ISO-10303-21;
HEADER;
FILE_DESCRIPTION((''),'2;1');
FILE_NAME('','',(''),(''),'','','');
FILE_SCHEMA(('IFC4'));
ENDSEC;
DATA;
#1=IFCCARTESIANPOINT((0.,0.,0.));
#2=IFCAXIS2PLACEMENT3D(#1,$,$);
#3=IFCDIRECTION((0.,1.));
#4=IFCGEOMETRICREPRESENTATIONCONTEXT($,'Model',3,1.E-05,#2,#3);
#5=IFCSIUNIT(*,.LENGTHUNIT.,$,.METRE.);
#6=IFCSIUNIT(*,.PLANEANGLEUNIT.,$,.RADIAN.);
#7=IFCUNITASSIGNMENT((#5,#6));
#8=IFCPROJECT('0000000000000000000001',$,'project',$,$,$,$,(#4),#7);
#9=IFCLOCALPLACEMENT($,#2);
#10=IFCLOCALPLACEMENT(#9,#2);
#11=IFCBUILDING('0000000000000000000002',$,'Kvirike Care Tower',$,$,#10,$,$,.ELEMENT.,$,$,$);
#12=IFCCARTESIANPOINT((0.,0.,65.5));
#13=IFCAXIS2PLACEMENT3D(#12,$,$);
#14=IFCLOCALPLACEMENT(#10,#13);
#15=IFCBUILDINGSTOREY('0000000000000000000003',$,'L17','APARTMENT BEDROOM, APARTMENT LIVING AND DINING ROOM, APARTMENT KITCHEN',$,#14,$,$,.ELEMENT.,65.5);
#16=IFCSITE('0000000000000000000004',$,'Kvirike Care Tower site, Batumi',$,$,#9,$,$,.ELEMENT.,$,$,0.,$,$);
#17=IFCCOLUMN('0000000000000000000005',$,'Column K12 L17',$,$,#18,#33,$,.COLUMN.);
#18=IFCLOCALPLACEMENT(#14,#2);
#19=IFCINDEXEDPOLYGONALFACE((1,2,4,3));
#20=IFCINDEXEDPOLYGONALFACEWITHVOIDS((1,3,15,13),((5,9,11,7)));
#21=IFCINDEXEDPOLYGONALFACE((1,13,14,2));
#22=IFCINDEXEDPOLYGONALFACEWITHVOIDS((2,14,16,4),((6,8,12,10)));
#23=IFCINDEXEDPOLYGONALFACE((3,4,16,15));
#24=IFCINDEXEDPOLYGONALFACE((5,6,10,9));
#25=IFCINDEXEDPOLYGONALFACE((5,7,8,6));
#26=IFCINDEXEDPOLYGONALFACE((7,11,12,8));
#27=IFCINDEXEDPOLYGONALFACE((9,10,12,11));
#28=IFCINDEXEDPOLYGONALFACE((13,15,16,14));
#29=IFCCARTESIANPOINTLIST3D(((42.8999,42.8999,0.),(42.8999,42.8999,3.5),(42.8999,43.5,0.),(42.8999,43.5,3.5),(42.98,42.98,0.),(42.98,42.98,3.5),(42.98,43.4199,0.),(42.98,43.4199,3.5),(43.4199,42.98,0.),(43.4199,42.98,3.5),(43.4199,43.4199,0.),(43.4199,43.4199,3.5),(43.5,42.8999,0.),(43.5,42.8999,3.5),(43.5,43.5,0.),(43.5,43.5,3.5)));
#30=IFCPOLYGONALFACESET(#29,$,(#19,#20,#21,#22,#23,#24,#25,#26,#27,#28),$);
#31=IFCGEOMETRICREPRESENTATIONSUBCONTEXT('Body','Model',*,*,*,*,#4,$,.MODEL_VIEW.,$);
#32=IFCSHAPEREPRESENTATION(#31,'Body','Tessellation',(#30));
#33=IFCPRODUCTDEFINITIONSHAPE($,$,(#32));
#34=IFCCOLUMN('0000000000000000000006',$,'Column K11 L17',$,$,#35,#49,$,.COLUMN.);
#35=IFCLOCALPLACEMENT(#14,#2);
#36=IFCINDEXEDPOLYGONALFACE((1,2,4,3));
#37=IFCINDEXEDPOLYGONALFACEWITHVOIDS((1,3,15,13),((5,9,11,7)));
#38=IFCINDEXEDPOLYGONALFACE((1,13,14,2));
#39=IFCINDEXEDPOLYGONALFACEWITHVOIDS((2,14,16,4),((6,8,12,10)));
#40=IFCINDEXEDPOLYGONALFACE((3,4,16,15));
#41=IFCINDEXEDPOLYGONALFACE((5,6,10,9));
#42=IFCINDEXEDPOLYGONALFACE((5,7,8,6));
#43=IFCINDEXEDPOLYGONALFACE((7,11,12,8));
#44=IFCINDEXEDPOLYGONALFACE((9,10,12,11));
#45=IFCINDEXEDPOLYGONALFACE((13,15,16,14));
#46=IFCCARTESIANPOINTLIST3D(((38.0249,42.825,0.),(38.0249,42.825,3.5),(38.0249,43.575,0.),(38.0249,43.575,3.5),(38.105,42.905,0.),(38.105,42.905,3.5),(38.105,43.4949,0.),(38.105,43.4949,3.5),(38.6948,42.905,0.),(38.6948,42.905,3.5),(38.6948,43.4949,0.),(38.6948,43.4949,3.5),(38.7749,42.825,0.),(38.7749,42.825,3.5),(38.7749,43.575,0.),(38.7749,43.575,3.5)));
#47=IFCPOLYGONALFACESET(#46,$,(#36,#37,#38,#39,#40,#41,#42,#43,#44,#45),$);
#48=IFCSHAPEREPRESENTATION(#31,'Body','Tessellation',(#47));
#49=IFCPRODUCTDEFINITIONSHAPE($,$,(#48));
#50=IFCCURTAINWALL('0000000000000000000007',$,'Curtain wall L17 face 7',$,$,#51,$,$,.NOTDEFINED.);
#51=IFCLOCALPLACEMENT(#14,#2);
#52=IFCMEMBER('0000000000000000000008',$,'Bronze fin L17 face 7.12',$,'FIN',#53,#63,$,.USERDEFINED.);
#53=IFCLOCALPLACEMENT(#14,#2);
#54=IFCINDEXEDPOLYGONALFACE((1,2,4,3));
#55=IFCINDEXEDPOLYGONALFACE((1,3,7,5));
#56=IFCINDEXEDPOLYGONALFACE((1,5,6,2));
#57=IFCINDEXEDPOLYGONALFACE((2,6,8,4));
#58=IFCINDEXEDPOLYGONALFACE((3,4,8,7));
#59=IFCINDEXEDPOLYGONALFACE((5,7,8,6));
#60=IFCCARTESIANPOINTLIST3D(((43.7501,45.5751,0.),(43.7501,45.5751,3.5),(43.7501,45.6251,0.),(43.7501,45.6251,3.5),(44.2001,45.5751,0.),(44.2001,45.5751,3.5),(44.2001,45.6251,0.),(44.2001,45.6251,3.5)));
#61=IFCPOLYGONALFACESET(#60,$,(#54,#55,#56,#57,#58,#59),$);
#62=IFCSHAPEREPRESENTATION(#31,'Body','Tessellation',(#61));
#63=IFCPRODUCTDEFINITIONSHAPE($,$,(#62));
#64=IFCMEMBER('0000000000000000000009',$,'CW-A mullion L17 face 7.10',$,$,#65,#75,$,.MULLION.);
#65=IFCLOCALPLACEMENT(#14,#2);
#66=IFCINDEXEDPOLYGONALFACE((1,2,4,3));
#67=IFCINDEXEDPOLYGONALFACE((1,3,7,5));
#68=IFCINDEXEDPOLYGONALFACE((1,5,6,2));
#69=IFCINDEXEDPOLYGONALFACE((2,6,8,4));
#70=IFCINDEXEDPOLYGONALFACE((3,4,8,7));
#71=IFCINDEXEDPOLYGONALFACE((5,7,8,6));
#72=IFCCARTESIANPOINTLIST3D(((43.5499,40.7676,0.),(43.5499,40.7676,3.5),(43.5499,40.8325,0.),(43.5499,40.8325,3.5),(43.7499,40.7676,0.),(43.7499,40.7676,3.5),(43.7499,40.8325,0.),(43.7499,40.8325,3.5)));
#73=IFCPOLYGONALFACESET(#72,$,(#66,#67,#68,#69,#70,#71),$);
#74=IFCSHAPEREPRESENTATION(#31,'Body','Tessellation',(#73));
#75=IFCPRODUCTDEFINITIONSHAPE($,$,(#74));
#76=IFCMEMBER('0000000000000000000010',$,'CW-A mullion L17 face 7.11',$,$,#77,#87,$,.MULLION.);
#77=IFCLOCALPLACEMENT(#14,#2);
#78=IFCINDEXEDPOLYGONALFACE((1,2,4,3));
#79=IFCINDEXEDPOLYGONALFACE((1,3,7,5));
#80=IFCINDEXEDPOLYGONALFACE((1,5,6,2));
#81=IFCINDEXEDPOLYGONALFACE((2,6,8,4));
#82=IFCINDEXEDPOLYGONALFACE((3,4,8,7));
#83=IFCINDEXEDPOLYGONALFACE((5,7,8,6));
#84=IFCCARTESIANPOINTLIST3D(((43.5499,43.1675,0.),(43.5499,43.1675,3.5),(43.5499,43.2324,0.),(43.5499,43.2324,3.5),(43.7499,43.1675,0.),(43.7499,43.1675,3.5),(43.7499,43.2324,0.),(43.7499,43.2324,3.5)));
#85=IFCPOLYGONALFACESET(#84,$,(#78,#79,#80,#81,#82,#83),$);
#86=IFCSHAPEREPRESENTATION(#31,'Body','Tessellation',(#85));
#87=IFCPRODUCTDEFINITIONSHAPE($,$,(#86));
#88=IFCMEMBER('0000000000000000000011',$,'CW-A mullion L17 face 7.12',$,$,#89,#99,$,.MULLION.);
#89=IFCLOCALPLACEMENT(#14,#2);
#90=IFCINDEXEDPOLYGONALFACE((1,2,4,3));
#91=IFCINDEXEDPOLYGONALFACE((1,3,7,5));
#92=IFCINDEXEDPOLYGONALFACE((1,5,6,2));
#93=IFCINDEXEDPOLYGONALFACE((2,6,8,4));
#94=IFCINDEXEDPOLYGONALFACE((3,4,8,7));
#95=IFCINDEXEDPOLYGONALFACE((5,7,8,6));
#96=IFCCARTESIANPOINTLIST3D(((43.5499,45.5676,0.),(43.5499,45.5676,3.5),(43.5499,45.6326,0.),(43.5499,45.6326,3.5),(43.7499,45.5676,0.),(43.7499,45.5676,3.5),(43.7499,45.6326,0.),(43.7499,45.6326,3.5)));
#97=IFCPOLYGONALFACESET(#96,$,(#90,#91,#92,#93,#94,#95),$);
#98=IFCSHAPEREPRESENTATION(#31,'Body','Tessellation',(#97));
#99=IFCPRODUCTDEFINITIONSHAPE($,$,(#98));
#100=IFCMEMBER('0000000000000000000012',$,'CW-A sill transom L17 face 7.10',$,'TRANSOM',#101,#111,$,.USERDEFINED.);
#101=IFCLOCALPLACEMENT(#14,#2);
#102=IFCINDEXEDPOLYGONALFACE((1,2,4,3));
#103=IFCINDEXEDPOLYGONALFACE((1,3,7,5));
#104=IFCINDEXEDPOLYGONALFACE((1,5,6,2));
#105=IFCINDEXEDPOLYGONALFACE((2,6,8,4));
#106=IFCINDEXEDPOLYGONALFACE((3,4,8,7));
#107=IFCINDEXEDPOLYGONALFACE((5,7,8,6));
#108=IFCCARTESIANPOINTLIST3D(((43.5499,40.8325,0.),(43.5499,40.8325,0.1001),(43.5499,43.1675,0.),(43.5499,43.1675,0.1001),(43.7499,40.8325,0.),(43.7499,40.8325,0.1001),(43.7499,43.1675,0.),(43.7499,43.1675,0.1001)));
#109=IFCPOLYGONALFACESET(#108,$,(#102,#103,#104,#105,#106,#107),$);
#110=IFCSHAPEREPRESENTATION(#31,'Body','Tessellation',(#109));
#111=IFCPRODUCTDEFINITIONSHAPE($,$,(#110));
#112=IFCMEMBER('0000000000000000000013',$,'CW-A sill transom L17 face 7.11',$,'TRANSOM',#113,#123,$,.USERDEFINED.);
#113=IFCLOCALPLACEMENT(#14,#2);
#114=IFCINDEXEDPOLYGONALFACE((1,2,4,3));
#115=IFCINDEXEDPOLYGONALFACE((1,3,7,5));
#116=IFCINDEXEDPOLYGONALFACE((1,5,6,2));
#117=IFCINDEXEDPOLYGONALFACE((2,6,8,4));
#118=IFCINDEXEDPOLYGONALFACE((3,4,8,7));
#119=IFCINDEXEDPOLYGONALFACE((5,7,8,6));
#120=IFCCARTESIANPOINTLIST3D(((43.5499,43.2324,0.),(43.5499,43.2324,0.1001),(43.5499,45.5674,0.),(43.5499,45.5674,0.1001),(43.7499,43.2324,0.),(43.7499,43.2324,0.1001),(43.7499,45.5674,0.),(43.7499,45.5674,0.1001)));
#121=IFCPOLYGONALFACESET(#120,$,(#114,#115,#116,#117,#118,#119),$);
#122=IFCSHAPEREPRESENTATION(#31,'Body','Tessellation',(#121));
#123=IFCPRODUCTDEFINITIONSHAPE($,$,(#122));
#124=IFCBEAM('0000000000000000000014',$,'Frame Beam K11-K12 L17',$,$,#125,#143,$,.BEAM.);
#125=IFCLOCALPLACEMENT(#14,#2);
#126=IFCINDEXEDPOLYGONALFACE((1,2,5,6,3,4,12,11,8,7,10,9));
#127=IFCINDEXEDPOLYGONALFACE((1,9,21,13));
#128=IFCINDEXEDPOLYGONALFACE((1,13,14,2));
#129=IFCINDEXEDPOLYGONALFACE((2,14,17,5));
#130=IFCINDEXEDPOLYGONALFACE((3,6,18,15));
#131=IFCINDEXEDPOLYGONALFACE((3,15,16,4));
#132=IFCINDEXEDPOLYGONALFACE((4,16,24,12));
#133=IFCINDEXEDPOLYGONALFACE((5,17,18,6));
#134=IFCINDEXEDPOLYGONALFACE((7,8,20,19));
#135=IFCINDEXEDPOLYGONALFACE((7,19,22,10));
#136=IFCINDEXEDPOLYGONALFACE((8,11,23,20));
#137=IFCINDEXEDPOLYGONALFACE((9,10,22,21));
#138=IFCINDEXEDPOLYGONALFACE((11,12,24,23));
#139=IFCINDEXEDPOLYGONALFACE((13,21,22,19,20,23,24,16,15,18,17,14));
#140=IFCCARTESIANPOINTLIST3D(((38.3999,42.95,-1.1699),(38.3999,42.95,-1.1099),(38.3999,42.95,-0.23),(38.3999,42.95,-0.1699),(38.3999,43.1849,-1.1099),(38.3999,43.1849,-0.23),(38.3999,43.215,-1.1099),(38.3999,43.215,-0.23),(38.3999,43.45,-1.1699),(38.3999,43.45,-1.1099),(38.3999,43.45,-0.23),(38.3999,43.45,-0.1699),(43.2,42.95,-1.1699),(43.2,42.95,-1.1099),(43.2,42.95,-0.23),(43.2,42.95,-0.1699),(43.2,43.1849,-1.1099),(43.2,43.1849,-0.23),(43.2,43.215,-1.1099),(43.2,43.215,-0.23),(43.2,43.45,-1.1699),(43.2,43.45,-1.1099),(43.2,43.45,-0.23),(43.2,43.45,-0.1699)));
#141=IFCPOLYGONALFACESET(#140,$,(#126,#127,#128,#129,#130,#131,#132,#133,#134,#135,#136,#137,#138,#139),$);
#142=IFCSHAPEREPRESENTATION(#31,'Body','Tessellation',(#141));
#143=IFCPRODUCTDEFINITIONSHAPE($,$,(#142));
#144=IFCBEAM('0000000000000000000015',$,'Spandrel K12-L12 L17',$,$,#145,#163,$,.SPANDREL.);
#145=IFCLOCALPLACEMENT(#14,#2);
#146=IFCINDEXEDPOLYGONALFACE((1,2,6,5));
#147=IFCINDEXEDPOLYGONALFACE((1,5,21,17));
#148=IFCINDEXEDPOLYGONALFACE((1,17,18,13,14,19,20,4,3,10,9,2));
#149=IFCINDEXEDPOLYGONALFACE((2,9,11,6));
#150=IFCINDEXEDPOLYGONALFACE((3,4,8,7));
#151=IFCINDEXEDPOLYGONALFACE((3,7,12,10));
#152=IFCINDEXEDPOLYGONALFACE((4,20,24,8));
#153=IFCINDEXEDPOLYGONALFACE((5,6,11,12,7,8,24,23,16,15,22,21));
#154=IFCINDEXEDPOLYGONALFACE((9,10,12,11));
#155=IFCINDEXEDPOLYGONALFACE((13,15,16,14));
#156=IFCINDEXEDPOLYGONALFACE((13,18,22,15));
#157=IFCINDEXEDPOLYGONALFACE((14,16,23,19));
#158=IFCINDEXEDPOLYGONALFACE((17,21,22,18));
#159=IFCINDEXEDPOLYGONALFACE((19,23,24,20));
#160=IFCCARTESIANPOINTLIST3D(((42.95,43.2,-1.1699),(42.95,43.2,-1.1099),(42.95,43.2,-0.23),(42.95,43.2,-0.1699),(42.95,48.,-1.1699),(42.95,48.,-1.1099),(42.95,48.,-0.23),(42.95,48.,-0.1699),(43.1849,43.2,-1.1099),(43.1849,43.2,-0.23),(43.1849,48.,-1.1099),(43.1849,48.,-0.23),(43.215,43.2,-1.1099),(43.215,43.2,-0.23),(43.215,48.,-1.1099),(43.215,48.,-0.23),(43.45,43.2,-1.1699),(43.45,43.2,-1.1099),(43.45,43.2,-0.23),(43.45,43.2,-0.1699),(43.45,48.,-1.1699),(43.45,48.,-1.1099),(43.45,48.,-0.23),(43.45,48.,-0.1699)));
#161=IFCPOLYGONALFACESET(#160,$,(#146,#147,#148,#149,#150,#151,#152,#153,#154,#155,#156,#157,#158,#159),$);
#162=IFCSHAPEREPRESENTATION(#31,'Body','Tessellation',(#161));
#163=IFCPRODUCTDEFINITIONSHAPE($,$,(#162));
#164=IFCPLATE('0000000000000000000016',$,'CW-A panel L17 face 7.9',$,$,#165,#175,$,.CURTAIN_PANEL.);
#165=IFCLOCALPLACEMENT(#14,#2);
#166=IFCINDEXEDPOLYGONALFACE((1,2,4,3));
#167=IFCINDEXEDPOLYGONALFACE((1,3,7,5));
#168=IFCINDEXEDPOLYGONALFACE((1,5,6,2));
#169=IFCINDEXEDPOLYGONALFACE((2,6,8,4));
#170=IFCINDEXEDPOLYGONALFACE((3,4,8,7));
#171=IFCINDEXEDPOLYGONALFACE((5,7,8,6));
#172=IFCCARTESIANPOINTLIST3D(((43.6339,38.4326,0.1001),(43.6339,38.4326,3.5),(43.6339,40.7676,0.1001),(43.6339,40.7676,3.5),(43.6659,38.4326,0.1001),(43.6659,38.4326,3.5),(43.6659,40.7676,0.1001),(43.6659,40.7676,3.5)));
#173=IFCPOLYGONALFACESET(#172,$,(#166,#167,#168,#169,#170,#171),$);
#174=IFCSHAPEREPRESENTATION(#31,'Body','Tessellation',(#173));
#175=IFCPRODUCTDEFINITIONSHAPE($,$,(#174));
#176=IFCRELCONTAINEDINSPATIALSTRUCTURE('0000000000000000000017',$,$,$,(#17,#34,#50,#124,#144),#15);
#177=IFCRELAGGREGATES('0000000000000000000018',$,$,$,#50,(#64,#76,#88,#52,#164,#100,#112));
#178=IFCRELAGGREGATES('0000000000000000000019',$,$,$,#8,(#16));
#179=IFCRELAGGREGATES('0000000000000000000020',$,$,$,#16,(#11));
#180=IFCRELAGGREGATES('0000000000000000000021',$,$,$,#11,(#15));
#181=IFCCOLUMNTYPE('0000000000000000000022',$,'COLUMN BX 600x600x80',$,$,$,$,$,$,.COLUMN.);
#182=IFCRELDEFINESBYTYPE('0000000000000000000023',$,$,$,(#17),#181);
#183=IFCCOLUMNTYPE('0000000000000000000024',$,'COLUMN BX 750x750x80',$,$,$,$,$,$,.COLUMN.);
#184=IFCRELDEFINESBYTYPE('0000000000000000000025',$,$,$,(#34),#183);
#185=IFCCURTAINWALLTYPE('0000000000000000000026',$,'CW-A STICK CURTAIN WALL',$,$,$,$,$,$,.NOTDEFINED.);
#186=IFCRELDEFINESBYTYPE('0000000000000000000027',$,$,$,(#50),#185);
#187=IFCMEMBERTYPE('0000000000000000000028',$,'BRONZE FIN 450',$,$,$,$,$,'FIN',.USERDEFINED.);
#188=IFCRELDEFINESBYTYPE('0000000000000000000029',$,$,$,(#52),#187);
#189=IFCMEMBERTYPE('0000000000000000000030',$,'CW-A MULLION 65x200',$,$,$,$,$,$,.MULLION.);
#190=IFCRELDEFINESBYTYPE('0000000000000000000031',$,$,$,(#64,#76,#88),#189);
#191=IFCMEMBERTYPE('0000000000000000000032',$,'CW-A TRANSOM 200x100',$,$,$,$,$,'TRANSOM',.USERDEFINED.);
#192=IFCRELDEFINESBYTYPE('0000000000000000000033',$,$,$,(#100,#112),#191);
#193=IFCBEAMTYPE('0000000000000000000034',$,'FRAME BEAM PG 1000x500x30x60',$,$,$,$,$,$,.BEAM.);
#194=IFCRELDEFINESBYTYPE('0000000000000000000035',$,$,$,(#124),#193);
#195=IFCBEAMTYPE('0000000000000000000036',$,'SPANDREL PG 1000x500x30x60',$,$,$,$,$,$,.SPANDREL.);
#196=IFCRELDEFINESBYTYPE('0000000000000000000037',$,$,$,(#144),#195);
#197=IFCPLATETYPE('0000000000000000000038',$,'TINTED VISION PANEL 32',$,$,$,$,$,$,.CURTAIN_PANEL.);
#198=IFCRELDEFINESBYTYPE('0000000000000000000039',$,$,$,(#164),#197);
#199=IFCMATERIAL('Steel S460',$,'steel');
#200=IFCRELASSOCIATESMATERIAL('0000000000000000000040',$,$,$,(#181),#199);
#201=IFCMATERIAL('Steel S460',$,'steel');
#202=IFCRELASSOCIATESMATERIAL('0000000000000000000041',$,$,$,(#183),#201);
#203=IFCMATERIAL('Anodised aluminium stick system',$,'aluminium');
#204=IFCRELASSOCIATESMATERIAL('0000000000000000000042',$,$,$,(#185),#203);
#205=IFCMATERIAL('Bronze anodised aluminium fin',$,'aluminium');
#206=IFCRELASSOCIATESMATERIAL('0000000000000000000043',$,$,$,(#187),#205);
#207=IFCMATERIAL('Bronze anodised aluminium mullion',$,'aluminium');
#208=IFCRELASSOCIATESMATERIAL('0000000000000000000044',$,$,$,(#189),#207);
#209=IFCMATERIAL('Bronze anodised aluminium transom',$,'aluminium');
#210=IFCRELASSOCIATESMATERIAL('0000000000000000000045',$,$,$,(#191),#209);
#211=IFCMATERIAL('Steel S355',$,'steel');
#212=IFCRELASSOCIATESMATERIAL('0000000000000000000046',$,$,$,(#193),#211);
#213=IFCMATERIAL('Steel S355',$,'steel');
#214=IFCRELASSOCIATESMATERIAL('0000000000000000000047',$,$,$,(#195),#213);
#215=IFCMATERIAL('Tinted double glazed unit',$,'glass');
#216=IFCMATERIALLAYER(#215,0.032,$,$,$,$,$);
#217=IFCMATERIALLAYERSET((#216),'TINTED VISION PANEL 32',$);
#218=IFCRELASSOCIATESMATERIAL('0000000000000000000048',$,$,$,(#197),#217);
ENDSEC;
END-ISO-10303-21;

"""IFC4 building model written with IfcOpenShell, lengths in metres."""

from ifc_helpers import new_model, si_unit, direction, frame, origin, origin_2d, place, context, subcontext, project, spatial, rectangle, hollow_rectangle, i_section, extrude, material, layer, layer_set, material_profile, profile_set, type_object, element, aggregate, save


model = new_model("IFC4")

# Units and contexts
model_context = context("Model", 3, precision=1e-05, world=origin(), true_north=direction((0.0, 1.0)))
body_context = subcontext(model_context, "Body", "Model", "MODEL_VIEW")
ifc_project = project(units=[si_unit("LENGTHUNIT", "METRE"), si_unit("PLANEANGLEUNIT", "RADIAN")], contexts=[model_context])

# Site, building, storey
site_placement = place(None, origin())
site = spatial("IfcSite", under=ifc_project, at=site_placement, Name="Kvirike Care Tower site, Batumi", CompositionType="ELEMENT", RefElevation=0.0)
building_placement = place(site_placement, origin())
building = spatial("IfcBuilding", under=site, at=building_placement, Name="Kvirike Care Tower", CompositionType="ELEMENT")
storey_placement = place(building_placement, frame((0.0, 0.0, 65.5)))
storey = spatial("IfcBuildingStorey", under=building, at=storey_placement, Name="L17", Description="APARTMENT BEDROOM, APARTMENT LIVING AND DINING ROOM, APARTMENT KITCHEN", CompositionType="ELEMENT", Elevation=65.5)

# Columns
ifc_material_1 = material(Name="Steel S460", Category="steel")
ifc_material_profile_1 = material_profile(ifc_material_1, hollow_rectangle(XDim=0.6001, YDim=0.6001, WallThickness=0.0801, at=origin_2d()), Name="BX 600x600x80")
ifc_profile_set_1 = profile_set([ifc_material_profile_1], Name="Steel S460")
column_type_1 = type_object("IfcColumnType", Name="COLUMN BX 600x600x80", PredefinedType="COLUMN", material=ifc_profile_set_1)
column_1_placement = place(storey_placement, frame((43.2, 43.2, 0.0), z_axis=(0.0, 0.0, 1.0), x_axis=(0.0, 1.0, 0.0)))
element("IfcColumn", 1, at=column_1_placement, inside=storey, type_object=column_type_1, Name="Column K12 L17", PredefinedType="COLUMN", context=body_context, shape_type="SweptSolid", body=[
    extrude(hollow_rectangle(XDim=0.6001, YDim=0.6001, WallThickness=0.0801, at=origin_2d()), origin(), (0.0, 0.0, 1.0), 3.5),
])
ifc_material_2 = material(Name="Steel S460", Category="steel")
ifc_material_profile_2 = material_profile(ifc_material_2, hollow_rectangle(XDim=0.75, YDim=0.75, WallThickness=0.0801, at=origin_2d()), Name="BX 750x750x80")
ifc_profile_set_2 = profile_set([ifc_material_profile_2], Name="Steel S460")
column_type_2 = type_object("IfcColumnType", Name="COLUMN BX 750x750x80", PredefinedType="COLUMN", material=ifc_profile_set_2)
column_2_placement = place(storey_placement, frame((38.3999, 43.2, 0.0), z_axis=(0.0, 0.0, 1.0), x_axis=(0.0, 1.0, 0.0)))
element("IfcColumn", 2, at=column_2_placement, inside=storey, type_object=column_type_2, Name="Column K11 L17", PredefinedType="COLUMN", context=body_context, shape_type="SweptSolid", body=[
    extrude(hollow_rectangle(XDim=0.75, YDim=0.75, WallThickness=0.0801, at=origin_2d()), origin(), (0.0, 0.0, 1.0), 3.5),
])

# Curtain wall, members
ifc_material_3 = material(Name="Anodised aluminium stick system", Category="aluminium")
curtain_wall_type = type_object("IfcCurtainWallType", Name="CW-A STICK CURTAIN WALL", PredefinedType="NOTDEFINED", material=ifc_material_3)
curtain_wall_placement = place(storey_placement, origin())
curtain_wall = element("IfcCurtainWall", 3, at=curtain_wall_placement, inside=storey, type_object=curtain_wall_type, Name="Curtain wall L17 face 7", PredefinedType="NOTDEFINED")
ifc_material_4 = material(Name="Bronze anodised aluminium fin", Category="aluminium")
ifc_material_profile_3 = material_profile(ifc_material_4, rectangle(XDim=0.05, YDim=0.45, at=origin_2d()), Name="BRONZE FIN 450")
ifc_profile_set_3 = profile_set([ifc_material_profile_3], Name="Bronze anodised aluminium fin")
member_type_1 = type_object("IfcMemberType", Name="BRONZE FIN 450", ElementType="FIN", PredefinedType="USERDEFINED", material=ifc_profile_set_3)
member_1_placement = place(storey_placement, frame((43.9751, 45.6001, 0.0), z_axis=(0.0, 0.0, 1.0), x_axis=(0.0, 1.0, 0.0)))
member_1 = element("IfcMember", 4, at=member_1_placement, type_object=member_type_1, Name="Bronze fin L17 face 7.12", ObjectType="FIN", PredefinedType="USERDEFINED", context=body_context, shape_type="SweptSolid", body=[
    extrude(rectangle(XDim=0.05, YDim=0.45, at=origin_2d()), origin(), (0.0, 0.0, 1.0), 3.5),
])
ifc_material_5 = material(Name="Bronze anodised aluminium mullion", Category="aluminium")
ifc_material_profile_4 = material_profile(ifc_material_5, rectangle(XDim=0.0649, YDim=0.2, at=origin_2d()), Name="CW-A MULLION 65x200")
ifc_profile_set_4 = profile_set([ifc_material_profile_4], Name="Bronze anodised aluminium mullion")
member_type_2 = type_object("IfcMemberType", Name="CW-A MULLION 65x200", PredefinedType="MULLION", material=ifc_profile_set_4)
member_2_placement = place(storey_placement, frame((43.6499, 40.8, 0.0), z_axis=(0.0, 0.0, 1.0), x_axis=(0.0, 1.0, 0.0)))
member_2 = element("IfcMember", 5, at=member_2_placement, type_object=member_type_2, Name="CW-A mullion L17 face 7.10", PredefinedType="MULLION", context=body_context, shape_type="SweptSolid", body=[
    extrude(rectangle(XDim=0.0649, YDim=0.2, at=origin_2d()), origin(), (0.0, 0.0, 1.0), 3.5),
])
member_3_placement = place(storey_placement, frame((43.6499, 43.2, 0.0), z_axis=(0.0, 0.0, 1.0), x_axis=(0.0, 1.0, 0.0)))
member_3 = element("IfcMember", 6, at=member_3_placement, type_object=member_type_2, Name="CW-A mullion L17 face 7.11", PredefinedType="MULLION", context=body_context, shape_type="SweptSolid", body=[
    extrude(rectangle(XDim=0.0649, YDim=0.2, at=origin_2d()), origin(), (0.0, 0.0, 1.0), 3.5),
])
member_4_placement = place(storey_placement, frame((43.6499, 45.6001, 0.0), z_axis=(0.0, 0.0, 1.0), x_axis=(0.0, 1.0, 0.0)))
member_4 = element("IfcMember", 7, at=member_4_placement, type_object=member_type_2, Name="CW-A mullion L17 face 7.12", PredefinedType="MULLION", context=body_context, shape_type="SweptSolid", body=[
    extrude(rectangle(XDim=0.0649, YDim=0.2, at=origin_2d()), origin(), (0.0, 0.0, 1.0), 3.5),
])
ifc_material_6 = material(Name="Bronze anodised aluminium transom", Category="aluminium")
ifc_material_profile_5 = material_profile(ifc_material_6, rectangle(XDim=0.2, YDim=0.1001, at=origin_2d()), Name="CW-A TRANSOM 200x100")
ifc_profile_set_5 = profile_set([ifc_material_profile_5], Name="Bronze anodised aluminium transom")
member_type_3 = type_object("IfcMemberType", Name="CW-A TRANSOM 200x100", ElementType="TRANSOM", PredefinedType="USERDEFINED", material=ifc_profile_set_5)
member_5_placement = place(storey_placement, frame((43.6499, 40.8325, 0.05), z_axis=(0.0, 1.0, 0.0), x_axis=(-1.0, 0.0, 0.0)))
member_5 = element("IfcMember", 8, at=member_5_placement, type_object=member_type_3, Name="CW-A sill transom L17 face 7.10", ObjectType="TRANSOM", PredefinedType="USERDEFINED", context=body_context, shape_type="SweptSolid", body=[
    extrude(rectangle(XDim=0.2, YDim=0.1001, at=origin_2d()), origin(), (0.0, 0.0, 1.0), 2.335),
])
member_6_placement = place(storey_placement, frame((43.6499, 43.2324, 0.05), z_axis=(0.0, 1.0, 0.0), x_axis=(-1.0, 0.0, 0.0)))
member_6 = element("IfcMember", 9, at=member_6_placement, type_object=member_type_3, Name="CW-A sill transom L17 face 7.11", ObjectType="TRANSOM", PredefinedType="USERDEFINED", context=body_context, shape_type="SweptSolid", body=[
    extrude(rectangle(XDim=0.2, YDim=0.1001, at=origin_2d()), origin(), (0.0, 0.0, 1.0), 2.335),
])

# Beams
ifc_material_7 = material(Name="Steel S355", Category="steel")
ifc_material_profile_6 = material_profile(ifc_material_7, i_section(OverallWidth=0.5, OverallDepth=1.0, WebThickness=0.03, FlangeThickness=0.0601, at=origin_2d()), Name="PG 1000x500x30x60")
ifc_profile_set_6 = profile_set([ifc_material_profile_6], Name="Steel S355")
beam_type_1 = type_object("IfcBeamType", Name="FRAME BEAM PG 1000x500x30x60", PredefinedType="BEAM", material=ifc_profile_set_6)
beam_1_placement = place(storey_placement, frame((38.3999, 43.2, -0.6699), z_axis=(1.0, 0.0, 0.0), x_axis=(0.0, 1.0, 0.0)))
element("IfcBeam", 10, at=beam_1_placement, inside=storey, type_object=beam_type_1, Name="Frame Beam K11-K12 L17", PredefinedType="BEAM", context=body_context, shape_type="SweptSolid", body=[
    extrude(i_section(OverallWidth=0.5, OverallDepth=1.0, WebThickness=0.03, FlangeThickness=0.0601, at=origin_2d()), origin(), (0.0, 0.0, 1.0), 4.8),
])
ifc_material_8 = material(Name="Steel S355", Category="steel")
ifc_material_profile_7 = material_profile(ifc_material_8, i_section(OverallWidth=0.5, OverallDepth=1.0, WebThickness=0.03, FlangeThickness=0.0601, at=origin_2d()), Name="PG 1000x500x30x60")
ifc_profile_set_7 = profile_set([ifc_material_profile_7], Name="Steel S355")
beam_type_2 = type_object("IfcBeamType", Name="SPANDREL PG 1000x500x30x60", PredefinedType="SPANDREL", material=ifc_profile_set_7)
beam_2_placement = place(storey_placement, frame((43.2, 43.2, -0.6699), z_axis=(0.0, 1.0, 0.0), x_axis=(-1.0, 0.0, 0.0)))
element("IfcBeam", 11, at=beam_2_placement, inside=storey, type_object=beam_type_2, Name="Spandrel K12-L12 L17", PredefinedType="SPANDREL", context=body_context, shape_type="SweptSolid", body=[
    extrude(i_section(OverallWidth=0.5, OverallDepth=1.0, WebThickness=0.03, FlangeThickness=0.0601, at=origin_2d()), origin(), (0.0, 0.0, 1.0), 4.8),
])

# Plate
ifc_material_9 = material(Name="Tinted double glazed unit", Category="glass")
ifc_layer_1 = layer(ifc_material_9, 0.032)
ifc_layer_set_1 = layer_set([ifc_layer_1], Name="TINTED VISION PANEL 32")
plate_type = type_object("IfcPlateType", Name="TINTED VISION PANEL 32", PredefinedType="CURTAIN_PANEL", material=ifc_layer_set_1)
plate_1_placement = place(storey_placement, frame((43.6499, 39.6001, 0.1001), z_axis=(0.0, 0.0, 1.0), x_axis=(0.0, 1.0, 0.0)))
plate_1 = element("IfcPlate", 12, at=plate_1_placement, type_object=plate_type, Name="CW-A panel L17 face 7.9", PredefinedType="CURTAIN_PANEL", context=body_context, shape_type="SweptSolid", body=[
    extrude(rectangle(XDim=2.335, YDim=0.032, at=origin_2d()), origin(), (0.0, 0.0, 1.0), 3.3999),
])
aggregate(curtain_wall, [member_2, member_3, member_4, member_1, plate_1, member_5, member_6])

save(model, "model.ifc")
